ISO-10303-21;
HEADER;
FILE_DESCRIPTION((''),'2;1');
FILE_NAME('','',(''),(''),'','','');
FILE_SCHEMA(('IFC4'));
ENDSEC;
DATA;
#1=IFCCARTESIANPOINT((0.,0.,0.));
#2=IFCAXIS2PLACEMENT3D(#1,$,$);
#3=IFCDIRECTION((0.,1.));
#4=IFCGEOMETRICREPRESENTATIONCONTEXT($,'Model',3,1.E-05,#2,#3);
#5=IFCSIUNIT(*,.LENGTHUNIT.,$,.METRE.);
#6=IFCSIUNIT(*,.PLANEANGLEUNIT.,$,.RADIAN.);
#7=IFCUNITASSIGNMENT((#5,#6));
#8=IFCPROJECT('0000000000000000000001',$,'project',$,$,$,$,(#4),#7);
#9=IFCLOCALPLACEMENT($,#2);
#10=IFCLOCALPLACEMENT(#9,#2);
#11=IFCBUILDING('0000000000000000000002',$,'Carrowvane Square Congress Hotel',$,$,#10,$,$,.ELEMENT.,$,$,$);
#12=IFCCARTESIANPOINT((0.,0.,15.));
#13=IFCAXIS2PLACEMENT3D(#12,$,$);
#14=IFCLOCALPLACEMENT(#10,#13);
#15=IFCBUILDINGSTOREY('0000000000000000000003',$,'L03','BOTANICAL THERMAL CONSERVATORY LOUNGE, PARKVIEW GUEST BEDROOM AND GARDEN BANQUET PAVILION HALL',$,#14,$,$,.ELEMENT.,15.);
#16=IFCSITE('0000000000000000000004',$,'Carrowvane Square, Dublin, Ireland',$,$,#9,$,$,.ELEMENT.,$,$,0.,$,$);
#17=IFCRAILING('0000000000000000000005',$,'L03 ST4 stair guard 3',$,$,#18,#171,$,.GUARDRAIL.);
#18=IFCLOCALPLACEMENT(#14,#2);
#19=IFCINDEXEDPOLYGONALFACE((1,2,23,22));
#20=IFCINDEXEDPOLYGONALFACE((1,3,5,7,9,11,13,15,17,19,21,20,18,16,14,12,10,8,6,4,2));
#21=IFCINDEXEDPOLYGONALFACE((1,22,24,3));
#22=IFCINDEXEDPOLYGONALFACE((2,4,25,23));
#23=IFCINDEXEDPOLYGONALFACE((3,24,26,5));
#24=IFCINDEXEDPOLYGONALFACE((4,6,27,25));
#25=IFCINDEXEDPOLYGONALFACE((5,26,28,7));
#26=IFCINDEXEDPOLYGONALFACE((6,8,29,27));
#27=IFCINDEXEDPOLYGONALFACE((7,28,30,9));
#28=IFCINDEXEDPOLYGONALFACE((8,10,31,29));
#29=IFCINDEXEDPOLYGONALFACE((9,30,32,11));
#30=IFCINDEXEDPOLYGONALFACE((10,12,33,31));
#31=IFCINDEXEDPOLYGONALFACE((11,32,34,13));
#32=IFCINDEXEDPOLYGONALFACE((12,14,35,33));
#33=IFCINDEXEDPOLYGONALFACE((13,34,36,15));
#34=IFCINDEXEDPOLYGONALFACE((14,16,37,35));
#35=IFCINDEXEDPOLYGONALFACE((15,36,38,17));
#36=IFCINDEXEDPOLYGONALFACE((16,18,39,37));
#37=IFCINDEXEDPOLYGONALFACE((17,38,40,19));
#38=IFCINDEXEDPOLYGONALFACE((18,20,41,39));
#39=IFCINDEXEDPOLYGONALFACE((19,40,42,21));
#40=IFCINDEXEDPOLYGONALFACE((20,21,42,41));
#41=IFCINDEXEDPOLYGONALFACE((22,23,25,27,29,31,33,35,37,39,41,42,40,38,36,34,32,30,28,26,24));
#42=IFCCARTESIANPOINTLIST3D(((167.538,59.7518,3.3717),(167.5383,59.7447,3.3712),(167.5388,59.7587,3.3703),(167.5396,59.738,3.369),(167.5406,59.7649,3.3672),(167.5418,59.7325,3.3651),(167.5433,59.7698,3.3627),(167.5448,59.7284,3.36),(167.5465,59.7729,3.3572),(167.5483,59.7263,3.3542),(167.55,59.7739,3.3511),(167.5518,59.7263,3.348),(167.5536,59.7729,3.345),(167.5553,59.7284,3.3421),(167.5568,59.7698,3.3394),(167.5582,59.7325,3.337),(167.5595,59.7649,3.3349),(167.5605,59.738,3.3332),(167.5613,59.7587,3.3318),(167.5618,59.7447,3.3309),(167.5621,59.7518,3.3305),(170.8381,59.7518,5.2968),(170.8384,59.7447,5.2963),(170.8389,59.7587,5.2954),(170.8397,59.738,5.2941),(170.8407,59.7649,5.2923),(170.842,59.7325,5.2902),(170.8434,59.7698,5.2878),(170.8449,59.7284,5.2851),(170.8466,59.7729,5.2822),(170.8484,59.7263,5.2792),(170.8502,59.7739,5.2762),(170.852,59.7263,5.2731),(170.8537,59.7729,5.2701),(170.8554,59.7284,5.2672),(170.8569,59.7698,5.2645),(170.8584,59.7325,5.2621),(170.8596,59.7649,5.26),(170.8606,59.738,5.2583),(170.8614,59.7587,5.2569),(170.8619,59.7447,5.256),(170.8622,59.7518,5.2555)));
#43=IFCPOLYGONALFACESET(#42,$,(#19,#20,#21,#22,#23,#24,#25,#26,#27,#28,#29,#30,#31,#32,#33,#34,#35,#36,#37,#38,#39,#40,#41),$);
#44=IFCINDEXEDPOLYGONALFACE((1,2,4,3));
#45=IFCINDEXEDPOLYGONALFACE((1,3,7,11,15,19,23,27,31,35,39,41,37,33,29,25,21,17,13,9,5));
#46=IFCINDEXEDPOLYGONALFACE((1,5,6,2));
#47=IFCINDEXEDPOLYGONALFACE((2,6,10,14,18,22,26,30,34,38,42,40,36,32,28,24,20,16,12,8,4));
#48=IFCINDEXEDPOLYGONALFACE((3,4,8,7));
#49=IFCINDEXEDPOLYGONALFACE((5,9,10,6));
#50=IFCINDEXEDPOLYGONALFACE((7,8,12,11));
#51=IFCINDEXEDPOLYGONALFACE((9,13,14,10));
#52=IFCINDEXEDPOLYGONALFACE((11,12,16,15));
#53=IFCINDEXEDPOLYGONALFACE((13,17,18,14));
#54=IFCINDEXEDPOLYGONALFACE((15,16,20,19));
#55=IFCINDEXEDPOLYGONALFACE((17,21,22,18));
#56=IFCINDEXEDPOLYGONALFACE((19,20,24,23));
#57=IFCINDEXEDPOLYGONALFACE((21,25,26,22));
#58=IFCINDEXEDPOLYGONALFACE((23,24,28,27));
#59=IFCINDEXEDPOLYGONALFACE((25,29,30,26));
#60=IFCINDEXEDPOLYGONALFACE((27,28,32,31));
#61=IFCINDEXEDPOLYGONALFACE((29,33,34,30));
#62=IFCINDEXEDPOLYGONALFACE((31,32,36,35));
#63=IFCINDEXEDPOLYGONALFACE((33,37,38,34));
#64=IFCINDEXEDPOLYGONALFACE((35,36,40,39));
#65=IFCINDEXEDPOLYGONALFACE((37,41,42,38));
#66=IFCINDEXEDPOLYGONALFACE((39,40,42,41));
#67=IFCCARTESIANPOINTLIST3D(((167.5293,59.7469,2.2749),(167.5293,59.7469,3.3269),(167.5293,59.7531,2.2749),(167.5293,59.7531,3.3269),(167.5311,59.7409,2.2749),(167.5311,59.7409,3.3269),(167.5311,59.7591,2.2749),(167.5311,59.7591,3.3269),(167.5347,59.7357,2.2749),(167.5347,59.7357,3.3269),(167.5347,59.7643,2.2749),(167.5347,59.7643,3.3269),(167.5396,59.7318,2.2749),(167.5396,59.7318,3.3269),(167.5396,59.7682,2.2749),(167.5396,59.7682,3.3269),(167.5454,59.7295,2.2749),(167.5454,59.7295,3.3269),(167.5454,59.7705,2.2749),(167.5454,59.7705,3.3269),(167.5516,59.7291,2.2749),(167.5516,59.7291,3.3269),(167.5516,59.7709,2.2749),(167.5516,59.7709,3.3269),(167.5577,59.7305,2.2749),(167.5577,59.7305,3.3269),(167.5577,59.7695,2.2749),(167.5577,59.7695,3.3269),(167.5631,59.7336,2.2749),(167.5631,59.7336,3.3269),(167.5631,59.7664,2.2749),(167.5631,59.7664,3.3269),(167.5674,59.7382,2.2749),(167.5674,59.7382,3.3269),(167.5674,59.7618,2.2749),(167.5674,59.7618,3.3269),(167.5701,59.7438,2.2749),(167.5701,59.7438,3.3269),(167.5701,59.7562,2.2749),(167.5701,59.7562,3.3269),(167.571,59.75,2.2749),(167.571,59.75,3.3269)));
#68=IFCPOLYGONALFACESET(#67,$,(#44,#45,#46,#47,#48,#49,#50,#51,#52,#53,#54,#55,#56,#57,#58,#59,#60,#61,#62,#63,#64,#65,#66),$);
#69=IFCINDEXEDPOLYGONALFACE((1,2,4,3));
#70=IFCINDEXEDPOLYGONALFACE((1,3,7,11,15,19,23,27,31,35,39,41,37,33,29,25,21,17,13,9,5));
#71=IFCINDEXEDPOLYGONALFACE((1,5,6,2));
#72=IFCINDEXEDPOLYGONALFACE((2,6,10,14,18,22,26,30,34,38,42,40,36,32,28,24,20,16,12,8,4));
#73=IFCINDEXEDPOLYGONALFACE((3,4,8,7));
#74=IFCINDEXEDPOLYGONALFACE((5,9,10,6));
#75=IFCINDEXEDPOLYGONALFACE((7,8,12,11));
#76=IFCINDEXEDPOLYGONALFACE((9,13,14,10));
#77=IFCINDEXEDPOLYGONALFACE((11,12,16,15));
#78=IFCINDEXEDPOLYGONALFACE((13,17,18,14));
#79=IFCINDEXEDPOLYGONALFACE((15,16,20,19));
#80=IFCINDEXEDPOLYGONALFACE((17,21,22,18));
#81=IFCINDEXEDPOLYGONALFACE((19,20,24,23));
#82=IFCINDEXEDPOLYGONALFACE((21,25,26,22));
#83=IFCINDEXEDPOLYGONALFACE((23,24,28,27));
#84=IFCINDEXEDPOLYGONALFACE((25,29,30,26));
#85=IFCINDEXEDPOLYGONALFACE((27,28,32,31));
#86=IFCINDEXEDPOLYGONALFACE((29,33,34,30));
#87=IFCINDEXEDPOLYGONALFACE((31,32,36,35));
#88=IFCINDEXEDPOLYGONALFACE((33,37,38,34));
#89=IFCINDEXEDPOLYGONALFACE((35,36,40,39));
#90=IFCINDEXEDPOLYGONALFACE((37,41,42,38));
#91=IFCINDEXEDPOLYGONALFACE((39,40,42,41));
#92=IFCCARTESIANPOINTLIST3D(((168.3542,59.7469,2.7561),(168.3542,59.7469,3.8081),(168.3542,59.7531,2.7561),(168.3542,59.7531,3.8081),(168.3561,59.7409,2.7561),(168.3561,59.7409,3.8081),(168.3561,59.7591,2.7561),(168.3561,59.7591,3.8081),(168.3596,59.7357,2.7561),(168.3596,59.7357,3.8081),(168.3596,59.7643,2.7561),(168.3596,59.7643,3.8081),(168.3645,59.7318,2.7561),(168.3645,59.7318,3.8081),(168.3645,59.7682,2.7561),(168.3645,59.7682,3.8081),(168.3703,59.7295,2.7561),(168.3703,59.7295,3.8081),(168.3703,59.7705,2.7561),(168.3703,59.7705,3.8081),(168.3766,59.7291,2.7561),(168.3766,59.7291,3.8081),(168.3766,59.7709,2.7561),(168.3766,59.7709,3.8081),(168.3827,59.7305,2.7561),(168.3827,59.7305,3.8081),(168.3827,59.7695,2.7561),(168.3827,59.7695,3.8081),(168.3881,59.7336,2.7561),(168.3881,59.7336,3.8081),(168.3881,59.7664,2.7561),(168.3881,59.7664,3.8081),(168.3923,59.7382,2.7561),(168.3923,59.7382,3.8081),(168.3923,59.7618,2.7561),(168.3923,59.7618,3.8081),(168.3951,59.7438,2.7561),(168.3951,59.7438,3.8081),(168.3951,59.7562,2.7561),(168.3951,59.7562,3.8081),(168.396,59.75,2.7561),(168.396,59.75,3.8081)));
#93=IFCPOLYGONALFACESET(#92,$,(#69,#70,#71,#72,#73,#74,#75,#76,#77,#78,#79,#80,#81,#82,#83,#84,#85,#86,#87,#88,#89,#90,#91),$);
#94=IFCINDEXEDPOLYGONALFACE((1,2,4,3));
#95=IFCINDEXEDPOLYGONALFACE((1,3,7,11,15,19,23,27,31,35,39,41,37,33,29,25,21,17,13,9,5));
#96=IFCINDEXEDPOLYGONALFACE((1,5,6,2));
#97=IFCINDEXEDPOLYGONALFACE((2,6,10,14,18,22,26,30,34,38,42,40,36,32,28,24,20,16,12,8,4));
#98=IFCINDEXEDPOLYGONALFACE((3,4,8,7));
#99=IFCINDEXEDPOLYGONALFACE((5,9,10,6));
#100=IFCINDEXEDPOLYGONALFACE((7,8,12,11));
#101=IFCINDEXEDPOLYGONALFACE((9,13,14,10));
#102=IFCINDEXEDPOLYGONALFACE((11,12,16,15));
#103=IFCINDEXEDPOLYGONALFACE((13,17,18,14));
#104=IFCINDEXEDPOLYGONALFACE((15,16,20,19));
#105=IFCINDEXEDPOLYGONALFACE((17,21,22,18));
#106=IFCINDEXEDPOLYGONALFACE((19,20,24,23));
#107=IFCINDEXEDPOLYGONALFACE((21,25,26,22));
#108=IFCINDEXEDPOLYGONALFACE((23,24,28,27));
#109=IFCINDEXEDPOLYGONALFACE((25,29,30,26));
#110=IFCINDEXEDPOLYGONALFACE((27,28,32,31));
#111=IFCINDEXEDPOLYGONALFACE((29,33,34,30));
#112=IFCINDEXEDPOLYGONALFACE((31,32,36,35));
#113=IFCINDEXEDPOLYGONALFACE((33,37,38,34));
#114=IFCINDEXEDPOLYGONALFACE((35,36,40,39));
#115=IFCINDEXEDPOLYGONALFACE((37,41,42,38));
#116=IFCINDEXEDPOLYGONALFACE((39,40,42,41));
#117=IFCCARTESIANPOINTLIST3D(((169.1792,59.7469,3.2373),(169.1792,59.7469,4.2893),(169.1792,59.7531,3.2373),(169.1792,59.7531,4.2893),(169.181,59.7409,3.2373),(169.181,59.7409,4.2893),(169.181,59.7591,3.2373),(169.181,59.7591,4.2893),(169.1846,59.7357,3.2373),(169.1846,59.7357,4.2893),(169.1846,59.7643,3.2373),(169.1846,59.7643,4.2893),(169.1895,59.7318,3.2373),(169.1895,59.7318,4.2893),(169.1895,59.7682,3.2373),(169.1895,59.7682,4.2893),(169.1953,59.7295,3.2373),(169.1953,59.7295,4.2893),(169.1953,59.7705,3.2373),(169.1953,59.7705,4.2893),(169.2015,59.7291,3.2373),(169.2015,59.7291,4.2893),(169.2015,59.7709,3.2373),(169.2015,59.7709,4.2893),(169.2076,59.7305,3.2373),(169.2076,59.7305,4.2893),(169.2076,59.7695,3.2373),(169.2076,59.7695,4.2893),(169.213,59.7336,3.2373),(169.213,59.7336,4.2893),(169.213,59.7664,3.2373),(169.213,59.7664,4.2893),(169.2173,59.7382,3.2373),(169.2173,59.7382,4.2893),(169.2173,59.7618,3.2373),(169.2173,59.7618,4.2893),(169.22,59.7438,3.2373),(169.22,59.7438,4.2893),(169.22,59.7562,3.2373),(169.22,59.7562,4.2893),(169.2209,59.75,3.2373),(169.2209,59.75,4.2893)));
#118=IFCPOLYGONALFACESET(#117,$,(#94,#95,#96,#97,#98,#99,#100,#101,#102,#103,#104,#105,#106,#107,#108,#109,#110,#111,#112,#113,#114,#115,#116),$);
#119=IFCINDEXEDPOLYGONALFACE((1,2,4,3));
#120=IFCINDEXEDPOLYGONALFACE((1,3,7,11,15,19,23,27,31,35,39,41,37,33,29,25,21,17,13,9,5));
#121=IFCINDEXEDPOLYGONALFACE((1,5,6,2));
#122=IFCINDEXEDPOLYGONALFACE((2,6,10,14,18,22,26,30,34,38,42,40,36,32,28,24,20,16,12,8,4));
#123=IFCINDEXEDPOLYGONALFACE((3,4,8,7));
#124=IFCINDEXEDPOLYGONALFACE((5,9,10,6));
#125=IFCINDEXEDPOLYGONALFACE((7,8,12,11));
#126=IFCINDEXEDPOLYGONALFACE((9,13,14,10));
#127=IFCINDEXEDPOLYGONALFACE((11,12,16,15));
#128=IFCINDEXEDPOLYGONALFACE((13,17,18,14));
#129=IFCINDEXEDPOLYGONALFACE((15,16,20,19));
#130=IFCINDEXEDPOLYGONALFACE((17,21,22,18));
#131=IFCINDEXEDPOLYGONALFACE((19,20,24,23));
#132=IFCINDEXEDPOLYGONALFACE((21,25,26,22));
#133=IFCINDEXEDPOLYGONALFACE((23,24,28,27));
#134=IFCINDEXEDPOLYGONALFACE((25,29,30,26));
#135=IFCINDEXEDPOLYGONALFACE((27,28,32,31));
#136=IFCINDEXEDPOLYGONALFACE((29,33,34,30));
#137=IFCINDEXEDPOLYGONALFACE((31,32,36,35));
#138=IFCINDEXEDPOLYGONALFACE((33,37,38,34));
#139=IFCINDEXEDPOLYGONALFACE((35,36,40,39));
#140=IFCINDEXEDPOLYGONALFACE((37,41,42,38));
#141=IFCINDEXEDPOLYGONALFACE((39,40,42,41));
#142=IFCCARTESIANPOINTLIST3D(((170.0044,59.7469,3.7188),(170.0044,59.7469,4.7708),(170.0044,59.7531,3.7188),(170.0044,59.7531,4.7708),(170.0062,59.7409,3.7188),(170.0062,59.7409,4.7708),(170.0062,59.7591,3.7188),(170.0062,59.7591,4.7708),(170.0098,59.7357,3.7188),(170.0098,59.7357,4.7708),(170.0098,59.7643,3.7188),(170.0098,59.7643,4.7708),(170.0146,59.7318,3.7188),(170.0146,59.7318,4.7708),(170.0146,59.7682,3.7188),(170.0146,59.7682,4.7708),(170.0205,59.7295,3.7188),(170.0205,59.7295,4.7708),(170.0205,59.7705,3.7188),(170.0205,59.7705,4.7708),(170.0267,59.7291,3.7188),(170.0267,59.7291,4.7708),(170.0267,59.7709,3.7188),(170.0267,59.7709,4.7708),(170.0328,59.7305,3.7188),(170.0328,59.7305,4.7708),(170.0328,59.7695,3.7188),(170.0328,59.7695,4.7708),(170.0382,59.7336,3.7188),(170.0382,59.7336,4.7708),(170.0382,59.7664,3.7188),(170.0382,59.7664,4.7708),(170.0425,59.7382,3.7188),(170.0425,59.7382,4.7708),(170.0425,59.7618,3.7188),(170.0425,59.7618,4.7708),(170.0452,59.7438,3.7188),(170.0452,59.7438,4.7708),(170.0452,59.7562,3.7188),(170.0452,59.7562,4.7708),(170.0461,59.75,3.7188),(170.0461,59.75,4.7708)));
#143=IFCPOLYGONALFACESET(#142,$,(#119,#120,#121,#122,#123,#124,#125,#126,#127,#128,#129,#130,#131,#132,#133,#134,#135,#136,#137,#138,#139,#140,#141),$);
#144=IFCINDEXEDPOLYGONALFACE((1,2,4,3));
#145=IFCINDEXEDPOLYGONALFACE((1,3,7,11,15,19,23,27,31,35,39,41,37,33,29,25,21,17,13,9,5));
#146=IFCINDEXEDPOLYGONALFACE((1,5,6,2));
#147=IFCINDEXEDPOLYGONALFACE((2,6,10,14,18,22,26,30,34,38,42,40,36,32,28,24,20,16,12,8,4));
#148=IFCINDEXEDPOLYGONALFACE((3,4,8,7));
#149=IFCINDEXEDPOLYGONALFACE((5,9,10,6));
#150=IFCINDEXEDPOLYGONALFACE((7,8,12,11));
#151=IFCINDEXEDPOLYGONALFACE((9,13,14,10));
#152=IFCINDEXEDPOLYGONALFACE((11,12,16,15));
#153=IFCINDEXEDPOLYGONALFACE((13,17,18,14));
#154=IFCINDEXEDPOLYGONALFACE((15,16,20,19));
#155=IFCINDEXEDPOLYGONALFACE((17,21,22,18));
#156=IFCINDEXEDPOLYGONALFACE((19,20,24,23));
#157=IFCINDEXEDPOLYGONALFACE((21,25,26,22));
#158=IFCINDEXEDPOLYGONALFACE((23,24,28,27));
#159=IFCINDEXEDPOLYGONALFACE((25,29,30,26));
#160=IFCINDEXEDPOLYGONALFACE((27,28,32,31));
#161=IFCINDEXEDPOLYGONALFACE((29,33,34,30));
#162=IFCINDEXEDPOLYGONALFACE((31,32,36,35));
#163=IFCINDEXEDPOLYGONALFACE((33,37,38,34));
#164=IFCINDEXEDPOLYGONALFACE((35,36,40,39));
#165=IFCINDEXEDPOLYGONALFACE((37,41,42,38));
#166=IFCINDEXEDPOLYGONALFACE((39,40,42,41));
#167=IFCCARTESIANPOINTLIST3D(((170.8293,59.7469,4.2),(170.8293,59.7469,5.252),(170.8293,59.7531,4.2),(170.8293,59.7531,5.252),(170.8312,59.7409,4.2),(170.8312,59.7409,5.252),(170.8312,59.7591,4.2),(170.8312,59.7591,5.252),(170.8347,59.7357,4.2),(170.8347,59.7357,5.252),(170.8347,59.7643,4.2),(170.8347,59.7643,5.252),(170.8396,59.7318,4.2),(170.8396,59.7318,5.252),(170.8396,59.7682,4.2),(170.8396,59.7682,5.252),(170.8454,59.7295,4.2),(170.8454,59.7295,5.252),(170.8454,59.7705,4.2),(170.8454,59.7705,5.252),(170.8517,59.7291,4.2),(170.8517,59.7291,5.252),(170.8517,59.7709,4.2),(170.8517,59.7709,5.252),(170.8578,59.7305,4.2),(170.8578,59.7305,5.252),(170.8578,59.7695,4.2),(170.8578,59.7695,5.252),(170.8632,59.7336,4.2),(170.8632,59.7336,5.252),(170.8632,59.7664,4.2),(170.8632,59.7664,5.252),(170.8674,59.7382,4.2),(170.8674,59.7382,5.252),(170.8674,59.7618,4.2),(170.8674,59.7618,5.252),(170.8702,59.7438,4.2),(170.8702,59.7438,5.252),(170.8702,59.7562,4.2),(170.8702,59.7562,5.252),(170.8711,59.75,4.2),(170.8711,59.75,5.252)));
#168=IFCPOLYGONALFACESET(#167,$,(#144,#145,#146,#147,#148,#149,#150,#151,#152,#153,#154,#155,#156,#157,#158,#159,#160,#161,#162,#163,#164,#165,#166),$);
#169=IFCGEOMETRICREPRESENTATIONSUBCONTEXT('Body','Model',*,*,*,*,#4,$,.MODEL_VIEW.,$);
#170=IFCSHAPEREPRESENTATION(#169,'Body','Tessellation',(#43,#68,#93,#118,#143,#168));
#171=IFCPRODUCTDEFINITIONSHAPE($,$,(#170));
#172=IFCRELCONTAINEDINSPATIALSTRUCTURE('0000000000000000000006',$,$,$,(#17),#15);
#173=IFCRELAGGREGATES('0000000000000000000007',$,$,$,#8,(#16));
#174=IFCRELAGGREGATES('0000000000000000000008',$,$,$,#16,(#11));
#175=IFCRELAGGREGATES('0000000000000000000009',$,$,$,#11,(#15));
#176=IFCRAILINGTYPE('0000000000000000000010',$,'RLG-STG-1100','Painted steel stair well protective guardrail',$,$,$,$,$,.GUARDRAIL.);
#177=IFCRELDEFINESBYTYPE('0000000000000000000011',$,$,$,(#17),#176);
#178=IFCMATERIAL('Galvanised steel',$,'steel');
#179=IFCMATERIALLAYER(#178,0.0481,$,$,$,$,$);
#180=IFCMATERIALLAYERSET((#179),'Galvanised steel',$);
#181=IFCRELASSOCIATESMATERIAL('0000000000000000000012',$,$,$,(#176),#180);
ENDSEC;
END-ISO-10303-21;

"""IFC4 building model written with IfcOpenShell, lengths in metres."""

from ifc_helpers import new_model, si_unit, direction, frame, origin, origin_2d, place, context, subcontext, project, spatial, circle, extrude, material, layer, layer_set, type_object, element, save


model = new_model("IFC4")

# Units and contexts
model_context = context("Model", 3, precision=1e-05, world=origin(), true_north=direction((0.0, 1.0)))
body_context = subcontext(model_context, "Body", "Model", "MODEL_VIEW")
ifc_project = project(units=[si_unit("LENGTHUNIT", "METRE"), si_unit("PLANEANGLEUNIT", "RADIAN")], contexts=[model_context])

# Site, building, storey
site_placement = place(None, origin())
site = spatial("IfcSite", under=ifc_project, at=site_placement, Name="Carrowvane Square, Dublin, Ireland", CompositionType="ELEMENT", RefElevation=0.0)
building_placement = place(site_placement, origin())
building = spatial("IfcBuilding", under=site, at=building_placement, Name="Carrowvane Square Congress Hotel", CompositionType="ELEMENT")
storey_placement = place(building_placement, frame((0.0, 0.0, 15.0)))
storey = spatial("IfcBuildingStorey", under=building, at=storey_placement, Name="L03", Description="BOTANICAL THERMAL CONSERVATORY LOUNGE, PARKVIEW GUEST BEDROOM AND GARDEN BANQUET PAVILION HALL", CompositionType="ELEMENT", Elevation=15.0)

# Railing
ifc_material_1 = material(Name="Galvanised steel", Category="steel")
ifc_layer_1 = layer(ifc_material_1, 0.0481)
ifc_layer_set_1 = layer_set([ifc_layer_1], Name="Galvanised steel")
railing_type = type_object("IfcRailingType", Name="RLG-STG-1100", Description="Painted steel stair well protective guardrail", PredefinedType="GUARDRAIL", material=ifc_layer_set_1)
railing_1_placement = place(storey_placement, frame((167.55, 59.75, 2.2749)))
element("IfcRailing", 1, at=railing_1_placement, inside=storey, type_object=railing_type, Name="L03 ST4 stair guard 3", PredefinedType="GUARDRAIL", context=body_context, shape_type="SweptSolid", body=[
    extrude(circle(Radius=0.0239, at=origin_2d()), frame((0.0, 0.0, 1.0762), z_axis=(0.863777, 0.0, 0.503875), x_axis=(0.0, 1.0, 0.0)), (0.0, 0.0, 1.0), 3.8206),
    extrude(circle(Radius=0.021, at=origin_2d()), origin(), (0.0, 0.0, 1.0), 1.052),
    extrude(circle(Radius=0.021, at=origin_2d()), frame((0.825, 0.0, 0.4812)), (0.0, 0.0, 1.0), 1.052),
    extrude(circle(Radius=0.021, at=origin_2d()), frame((1.6499, 0.0, 0.9624)), (0.0, 0.0, 1.0), 1.052),
    extrude(circle(Radius=0.021, at=origin_2d()), frame((2.4751, 0.0, 1.4438)), (0.0, 0.0, 1.0), 1.052),
    extrude(circle(Radius=0.021, at=origin_2d()), frame((3.3, 0.0, 1.925)), (0.0, 0.0, 1.0), 1.052),
])

save(model, "model.ifc")
